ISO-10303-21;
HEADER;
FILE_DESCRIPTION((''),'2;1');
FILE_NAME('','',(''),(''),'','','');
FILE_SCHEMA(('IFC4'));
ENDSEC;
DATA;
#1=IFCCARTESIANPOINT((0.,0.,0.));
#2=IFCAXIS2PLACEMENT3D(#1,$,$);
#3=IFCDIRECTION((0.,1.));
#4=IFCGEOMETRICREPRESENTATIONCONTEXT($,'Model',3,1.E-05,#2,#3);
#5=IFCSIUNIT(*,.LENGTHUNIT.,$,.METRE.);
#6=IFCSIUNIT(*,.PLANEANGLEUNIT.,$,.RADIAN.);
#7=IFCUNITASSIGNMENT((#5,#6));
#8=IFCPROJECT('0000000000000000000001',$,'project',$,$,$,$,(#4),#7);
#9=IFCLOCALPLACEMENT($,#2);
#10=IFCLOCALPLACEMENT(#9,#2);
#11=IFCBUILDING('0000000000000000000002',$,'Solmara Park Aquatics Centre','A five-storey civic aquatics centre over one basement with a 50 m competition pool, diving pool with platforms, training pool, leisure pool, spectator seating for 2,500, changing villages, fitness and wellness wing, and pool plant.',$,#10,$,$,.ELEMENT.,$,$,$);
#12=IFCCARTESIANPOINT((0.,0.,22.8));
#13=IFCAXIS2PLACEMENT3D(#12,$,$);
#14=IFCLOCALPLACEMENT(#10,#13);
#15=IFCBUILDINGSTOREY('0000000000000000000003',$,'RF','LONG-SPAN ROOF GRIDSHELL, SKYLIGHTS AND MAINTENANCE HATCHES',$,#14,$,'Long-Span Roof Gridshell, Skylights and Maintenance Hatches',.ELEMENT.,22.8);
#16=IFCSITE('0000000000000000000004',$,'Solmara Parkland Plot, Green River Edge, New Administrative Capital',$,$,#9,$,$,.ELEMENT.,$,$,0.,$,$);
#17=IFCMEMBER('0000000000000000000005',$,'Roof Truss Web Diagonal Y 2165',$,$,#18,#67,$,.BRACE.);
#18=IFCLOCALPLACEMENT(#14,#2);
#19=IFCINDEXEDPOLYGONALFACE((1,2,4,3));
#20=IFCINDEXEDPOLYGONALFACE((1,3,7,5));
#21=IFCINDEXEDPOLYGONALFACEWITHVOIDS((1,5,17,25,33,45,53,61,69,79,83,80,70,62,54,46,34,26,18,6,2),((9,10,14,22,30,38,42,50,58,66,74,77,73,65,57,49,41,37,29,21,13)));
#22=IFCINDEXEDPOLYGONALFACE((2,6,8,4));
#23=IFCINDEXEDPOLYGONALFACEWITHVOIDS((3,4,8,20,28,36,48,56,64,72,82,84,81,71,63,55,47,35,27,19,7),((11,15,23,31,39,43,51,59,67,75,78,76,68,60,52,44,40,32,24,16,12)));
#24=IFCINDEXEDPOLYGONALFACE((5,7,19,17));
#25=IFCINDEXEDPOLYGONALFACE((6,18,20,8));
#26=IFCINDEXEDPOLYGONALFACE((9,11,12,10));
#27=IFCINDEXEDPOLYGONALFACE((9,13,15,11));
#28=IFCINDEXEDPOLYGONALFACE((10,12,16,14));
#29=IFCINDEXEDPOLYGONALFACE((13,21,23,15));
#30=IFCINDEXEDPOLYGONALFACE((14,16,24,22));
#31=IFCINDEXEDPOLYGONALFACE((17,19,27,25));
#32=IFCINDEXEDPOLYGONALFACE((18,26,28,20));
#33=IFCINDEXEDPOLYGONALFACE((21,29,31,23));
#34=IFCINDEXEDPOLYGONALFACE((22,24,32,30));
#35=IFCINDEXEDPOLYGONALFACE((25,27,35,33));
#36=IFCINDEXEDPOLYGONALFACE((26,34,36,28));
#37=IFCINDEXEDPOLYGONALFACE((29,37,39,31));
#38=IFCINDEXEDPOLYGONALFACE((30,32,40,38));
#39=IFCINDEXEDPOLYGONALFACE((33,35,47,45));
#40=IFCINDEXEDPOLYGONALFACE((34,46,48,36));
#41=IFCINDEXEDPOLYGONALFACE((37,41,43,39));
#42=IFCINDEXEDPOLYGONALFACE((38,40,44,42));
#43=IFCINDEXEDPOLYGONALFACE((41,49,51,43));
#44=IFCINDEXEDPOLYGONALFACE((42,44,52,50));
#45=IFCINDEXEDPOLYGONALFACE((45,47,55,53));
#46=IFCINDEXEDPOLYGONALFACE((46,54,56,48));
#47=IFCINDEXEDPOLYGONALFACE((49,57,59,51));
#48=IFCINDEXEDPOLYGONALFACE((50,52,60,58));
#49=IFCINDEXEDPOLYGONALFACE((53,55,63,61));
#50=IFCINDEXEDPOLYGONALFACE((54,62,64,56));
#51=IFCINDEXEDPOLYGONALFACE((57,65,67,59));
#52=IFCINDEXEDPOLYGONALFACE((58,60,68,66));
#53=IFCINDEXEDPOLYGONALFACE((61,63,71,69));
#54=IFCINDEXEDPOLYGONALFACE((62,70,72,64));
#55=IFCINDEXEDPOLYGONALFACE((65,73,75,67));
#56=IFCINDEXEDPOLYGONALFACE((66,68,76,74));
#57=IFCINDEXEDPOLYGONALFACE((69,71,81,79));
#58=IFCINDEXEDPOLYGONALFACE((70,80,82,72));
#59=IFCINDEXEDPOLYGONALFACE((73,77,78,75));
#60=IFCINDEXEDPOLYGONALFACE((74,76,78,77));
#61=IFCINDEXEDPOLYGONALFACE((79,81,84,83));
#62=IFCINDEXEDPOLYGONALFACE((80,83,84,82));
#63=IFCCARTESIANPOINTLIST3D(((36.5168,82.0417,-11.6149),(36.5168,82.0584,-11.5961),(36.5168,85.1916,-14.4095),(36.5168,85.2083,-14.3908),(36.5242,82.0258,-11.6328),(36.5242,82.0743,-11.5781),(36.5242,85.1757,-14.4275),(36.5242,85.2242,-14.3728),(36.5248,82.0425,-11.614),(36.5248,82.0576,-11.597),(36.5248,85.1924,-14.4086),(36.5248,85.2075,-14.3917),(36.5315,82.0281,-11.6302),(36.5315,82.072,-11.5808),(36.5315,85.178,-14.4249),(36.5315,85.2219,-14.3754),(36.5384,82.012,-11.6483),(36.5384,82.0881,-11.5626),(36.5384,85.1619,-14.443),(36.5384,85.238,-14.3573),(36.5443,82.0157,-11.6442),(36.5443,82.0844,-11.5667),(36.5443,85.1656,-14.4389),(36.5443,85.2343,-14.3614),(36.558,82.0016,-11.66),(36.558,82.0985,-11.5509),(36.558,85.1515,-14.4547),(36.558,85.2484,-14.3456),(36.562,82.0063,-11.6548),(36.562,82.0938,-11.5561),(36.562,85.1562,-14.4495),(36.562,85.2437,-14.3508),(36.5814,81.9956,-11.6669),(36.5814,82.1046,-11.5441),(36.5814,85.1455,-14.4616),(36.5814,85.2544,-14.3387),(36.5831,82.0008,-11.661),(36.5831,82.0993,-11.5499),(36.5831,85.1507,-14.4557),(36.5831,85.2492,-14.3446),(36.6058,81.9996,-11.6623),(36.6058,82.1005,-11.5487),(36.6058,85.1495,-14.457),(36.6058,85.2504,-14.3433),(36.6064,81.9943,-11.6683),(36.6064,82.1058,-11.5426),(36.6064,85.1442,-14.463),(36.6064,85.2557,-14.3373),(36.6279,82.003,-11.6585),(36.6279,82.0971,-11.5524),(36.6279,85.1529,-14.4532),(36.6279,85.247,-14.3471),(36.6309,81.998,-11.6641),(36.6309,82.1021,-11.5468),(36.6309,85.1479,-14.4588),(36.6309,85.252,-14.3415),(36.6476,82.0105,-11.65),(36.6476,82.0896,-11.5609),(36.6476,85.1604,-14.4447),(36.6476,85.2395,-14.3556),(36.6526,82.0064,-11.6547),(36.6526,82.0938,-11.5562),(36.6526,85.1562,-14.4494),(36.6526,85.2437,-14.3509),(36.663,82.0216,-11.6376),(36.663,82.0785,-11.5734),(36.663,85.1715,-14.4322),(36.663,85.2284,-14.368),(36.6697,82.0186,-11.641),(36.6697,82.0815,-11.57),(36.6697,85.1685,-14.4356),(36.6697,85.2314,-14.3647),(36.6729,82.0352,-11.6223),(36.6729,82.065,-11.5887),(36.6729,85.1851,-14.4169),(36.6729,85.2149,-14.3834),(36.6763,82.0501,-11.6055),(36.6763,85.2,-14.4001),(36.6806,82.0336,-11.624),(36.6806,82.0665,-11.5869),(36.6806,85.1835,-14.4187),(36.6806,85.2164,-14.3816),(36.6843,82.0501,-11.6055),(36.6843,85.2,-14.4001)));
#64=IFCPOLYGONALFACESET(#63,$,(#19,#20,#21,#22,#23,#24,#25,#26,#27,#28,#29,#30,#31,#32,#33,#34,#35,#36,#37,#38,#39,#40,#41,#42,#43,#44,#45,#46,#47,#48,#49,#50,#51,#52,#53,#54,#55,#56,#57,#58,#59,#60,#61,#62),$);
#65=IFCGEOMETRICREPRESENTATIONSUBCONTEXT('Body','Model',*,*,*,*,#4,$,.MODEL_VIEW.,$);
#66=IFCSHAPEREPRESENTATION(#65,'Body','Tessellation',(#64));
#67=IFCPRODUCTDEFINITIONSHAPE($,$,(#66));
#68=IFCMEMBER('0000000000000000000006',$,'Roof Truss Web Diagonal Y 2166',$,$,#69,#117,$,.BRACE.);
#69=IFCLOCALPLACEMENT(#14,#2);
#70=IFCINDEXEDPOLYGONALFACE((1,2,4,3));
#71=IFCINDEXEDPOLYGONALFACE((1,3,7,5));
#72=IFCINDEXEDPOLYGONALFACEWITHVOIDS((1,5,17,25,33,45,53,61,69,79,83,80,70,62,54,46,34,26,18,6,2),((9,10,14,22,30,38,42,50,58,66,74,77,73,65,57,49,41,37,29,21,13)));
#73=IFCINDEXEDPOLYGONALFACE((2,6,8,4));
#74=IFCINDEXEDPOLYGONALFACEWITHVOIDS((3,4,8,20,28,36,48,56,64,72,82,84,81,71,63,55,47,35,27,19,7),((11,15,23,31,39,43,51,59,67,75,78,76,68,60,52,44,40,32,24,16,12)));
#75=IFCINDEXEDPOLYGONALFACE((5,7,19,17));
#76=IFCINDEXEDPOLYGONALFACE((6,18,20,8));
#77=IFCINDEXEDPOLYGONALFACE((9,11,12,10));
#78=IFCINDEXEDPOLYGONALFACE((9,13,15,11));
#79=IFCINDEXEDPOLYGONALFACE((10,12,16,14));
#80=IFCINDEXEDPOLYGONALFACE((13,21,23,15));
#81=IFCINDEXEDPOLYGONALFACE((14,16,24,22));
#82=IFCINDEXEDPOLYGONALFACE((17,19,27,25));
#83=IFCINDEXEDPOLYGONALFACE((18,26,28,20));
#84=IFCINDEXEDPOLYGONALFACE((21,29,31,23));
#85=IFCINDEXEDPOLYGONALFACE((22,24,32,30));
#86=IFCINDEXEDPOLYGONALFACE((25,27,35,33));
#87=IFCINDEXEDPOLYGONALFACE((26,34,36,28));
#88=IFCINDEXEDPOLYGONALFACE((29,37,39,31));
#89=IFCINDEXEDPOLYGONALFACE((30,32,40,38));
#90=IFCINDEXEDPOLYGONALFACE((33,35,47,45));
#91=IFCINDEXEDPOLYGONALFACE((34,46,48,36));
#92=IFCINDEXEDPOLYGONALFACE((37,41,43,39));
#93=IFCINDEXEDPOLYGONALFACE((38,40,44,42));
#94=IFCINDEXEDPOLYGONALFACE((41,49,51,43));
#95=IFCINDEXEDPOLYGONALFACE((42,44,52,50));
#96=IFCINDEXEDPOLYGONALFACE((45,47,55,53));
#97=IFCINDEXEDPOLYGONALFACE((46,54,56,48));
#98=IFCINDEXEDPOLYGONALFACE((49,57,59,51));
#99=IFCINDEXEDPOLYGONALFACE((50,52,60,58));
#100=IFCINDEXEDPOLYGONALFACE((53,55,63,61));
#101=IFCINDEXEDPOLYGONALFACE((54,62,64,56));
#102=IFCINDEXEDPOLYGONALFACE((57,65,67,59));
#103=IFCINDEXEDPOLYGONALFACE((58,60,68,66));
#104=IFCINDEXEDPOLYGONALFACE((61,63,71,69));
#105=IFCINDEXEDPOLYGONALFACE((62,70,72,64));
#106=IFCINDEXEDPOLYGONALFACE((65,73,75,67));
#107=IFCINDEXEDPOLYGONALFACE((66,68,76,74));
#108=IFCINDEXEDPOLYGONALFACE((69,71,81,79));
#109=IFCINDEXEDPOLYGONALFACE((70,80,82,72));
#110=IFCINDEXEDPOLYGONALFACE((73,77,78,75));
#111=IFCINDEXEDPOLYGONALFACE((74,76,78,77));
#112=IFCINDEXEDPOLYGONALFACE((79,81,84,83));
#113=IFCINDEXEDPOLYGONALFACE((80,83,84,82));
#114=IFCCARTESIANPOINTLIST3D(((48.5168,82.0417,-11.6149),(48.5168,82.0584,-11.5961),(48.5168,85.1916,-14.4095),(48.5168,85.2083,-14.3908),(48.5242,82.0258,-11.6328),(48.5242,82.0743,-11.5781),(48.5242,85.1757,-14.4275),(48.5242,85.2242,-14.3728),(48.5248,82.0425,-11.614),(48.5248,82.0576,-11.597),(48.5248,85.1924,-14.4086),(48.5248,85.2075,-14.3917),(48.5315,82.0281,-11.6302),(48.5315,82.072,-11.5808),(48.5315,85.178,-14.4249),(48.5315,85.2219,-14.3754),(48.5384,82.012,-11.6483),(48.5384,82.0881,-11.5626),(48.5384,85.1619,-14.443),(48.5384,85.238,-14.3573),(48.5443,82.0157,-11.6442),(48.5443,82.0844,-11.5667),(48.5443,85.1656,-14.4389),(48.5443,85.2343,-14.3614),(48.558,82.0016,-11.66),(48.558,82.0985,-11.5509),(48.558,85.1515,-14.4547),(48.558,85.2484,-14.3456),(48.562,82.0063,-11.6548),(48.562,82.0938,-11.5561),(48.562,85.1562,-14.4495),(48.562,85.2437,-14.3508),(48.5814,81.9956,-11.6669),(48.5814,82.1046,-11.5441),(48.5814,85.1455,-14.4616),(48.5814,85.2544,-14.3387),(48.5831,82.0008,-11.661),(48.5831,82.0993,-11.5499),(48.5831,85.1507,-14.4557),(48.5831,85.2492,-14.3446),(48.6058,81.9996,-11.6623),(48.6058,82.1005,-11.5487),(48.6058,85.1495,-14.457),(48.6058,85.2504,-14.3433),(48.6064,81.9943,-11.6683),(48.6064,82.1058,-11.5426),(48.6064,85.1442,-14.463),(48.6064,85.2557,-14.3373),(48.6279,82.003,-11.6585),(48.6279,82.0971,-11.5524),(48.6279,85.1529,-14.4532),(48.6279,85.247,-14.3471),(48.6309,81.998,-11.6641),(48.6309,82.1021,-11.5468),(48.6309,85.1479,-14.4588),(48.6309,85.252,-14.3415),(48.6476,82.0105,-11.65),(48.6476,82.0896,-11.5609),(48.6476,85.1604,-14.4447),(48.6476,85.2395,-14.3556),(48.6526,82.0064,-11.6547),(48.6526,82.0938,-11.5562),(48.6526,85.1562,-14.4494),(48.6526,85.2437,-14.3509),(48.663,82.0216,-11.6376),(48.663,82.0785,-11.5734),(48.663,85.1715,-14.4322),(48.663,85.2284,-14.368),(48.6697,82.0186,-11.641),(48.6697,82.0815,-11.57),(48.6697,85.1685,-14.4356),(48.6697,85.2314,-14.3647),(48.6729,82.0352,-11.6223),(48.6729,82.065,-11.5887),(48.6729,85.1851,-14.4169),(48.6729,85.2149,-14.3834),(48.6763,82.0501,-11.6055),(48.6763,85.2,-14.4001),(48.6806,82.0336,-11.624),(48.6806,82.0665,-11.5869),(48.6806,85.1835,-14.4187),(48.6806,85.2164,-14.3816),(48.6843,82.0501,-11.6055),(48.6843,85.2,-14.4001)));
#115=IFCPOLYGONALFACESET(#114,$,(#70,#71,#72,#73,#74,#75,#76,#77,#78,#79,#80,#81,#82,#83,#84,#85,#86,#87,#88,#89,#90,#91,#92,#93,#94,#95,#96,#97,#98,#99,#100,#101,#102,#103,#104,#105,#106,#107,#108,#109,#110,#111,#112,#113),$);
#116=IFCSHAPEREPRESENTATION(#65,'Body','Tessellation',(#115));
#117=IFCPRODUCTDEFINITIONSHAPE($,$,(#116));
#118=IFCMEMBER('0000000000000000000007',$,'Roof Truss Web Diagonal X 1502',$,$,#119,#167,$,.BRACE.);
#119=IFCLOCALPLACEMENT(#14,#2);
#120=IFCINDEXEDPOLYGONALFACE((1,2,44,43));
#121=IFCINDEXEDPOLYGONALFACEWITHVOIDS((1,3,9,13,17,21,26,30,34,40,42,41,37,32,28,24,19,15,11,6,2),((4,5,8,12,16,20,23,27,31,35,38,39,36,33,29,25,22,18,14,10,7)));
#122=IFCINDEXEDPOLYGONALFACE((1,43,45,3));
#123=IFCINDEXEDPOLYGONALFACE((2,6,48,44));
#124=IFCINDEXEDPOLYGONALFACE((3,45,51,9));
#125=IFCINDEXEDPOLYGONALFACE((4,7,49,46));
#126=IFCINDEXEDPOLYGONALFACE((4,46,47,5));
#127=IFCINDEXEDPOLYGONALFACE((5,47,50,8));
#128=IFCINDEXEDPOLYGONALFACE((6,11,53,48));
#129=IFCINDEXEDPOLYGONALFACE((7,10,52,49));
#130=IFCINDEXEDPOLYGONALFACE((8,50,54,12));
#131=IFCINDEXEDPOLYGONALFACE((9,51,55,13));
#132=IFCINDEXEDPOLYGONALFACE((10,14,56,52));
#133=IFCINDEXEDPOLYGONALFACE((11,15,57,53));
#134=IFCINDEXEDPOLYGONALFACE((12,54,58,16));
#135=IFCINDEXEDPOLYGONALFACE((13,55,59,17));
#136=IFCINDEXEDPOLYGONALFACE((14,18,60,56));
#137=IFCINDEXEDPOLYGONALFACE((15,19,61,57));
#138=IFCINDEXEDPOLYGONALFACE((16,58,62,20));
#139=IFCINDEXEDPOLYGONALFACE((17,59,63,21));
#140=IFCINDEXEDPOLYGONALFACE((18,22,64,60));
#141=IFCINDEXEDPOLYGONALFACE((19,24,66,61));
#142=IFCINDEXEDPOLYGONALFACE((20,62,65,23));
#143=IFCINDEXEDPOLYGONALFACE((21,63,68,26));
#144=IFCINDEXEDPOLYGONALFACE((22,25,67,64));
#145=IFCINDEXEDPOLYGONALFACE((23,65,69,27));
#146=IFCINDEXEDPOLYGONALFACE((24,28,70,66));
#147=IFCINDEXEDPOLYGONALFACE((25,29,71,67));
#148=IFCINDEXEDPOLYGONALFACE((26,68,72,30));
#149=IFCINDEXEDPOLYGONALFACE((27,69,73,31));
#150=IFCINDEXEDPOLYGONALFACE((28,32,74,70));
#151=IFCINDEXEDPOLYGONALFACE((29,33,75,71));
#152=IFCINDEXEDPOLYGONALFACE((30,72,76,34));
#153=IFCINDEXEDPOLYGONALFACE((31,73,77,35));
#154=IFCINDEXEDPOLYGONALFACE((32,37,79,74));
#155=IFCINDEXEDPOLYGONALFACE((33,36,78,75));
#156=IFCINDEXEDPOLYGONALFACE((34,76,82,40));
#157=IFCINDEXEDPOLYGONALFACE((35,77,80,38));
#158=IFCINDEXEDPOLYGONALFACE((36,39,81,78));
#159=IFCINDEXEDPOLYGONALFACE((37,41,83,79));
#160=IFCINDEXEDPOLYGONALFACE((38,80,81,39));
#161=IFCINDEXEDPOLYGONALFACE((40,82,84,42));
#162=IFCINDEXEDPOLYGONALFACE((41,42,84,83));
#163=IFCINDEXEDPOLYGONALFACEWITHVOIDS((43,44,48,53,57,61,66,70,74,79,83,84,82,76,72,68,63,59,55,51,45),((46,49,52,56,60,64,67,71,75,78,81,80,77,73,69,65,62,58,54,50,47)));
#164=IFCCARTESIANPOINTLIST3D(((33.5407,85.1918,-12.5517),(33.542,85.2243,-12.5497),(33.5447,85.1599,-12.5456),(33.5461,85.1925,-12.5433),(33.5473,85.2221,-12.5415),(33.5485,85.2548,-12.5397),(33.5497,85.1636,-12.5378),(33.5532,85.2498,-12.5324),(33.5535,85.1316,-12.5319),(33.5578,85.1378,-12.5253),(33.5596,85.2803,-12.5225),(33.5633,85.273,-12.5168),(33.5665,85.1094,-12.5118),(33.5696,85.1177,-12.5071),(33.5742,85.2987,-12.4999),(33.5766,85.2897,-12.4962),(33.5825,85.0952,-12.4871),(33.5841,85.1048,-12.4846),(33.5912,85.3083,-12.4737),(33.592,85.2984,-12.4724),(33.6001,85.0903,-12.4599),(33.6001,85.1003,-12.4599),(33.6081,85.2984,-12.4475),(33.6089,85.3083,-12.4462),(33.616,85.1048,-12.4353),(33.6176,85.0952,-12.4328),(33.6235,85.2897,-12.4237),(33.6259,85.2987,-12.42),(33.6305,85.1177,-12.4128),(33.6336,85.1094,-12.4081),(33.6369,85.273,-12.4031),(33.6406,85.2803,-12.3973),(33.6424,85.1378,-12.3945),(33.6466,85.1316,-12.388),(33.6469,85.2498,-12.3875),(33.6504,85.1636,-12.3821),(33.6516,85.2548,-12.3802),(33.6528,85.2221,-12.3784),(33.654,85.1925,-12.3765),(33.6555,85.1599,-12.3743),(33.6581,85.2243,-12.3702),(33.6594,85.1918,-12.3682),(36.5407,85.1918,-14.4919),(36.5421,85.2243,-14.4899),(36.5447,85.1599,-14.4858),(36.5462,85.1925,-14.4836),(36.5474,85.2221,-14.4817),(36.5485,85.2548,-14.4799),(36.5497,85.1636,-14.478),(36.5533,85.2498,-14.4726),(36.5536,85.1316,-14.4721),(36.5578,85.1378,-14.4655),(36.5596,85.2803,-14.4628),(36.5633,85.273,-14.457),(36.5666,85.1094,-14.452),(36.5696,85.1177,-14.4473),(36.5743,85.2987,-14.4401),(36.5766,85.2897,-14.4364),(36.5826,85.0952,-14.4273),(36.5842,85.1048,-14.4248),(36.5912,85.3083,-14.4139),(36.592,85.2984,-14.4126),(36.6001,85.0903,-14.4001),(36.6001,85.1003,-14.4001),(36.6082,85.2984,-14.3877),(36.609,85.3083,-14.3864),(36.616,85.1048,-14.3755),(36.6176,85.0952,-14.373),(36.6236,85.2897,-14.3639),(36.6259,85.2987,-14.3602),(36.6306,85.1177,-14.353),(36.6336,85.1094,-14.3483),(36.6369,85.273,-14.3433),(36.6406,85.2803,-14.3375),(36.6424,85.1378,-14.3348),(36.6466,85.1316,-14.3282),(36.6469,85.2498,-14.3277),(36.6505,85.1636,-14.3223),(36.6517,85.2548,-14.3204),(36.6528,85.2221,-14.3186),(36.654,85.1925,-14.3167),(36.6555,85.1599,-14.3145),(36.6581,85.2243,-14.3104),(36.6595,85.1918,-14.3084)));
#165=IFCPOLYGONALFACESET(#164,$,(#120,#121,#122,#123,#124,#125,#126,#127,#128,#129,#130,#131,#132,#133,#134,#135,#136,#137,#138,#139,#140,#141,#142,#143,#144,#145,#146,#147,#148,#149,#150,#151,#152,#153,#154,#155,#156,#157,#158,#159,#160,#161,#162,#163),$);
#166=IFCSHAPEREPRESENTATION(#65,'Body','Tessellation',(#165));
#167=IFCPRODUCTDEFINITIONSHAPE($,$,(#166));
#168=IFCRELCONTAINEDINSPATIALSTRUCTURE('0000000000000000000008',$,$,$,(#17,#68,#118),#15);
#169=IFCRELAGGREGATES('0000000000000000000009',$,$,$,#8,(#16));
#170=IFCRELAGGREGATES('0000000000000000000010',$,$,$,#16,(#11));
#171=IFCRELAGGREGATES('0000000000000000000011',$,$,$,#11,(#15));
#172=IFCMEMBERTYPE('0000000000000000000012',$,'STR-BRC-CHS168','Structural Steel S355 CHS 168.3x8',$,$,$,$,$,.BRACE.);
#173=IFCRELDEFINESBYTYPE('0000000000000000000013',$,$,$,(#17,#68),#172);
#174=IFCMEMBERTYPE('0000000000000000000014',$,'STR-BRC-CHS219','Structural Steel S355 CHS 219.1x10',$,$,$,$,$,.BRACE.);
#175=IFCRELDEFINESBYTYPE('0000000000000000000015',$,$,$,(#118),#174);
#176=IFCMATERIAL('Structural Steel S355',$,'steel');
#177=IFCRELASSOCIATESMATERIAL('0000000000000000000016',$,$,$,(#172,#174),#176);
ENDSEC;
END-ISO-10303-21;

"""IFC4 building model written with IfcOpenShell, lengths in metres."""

from ifc_helpers import new_model, si_unit, direction, frame, origin, origin_2d, place, context, subcontext, project, spatial, hollow_circle, extrude, material, material_profile, profile_set, type_object, element, save


model = new_model("IFC4")

# Units and contexts
model_context = context("Model", 3, precision=1e-05, world=origin(), true_north=direction((0.0, 1.0)))
body_context = subcontext(model_context, "Body", "Model", "MODEL_VIEW")
ifc_project = project(units=[si_unit("LENGTHUNIT", "METRE"), si_unit("PLANEANGLEUNIT", "RADIAN")], contexts=[model_context])

# Site, building, storey
site_placement = place(None, origin())
site = spatial("IfcSite", under=ifc_project, at=site_placement, Name="Solmara Parkland Plot, Green River Edge, New Administrative Capital", CompositionType="ELEMENT", RefElevation=0.0)
building_placement = place(site_placement, origin())
building = spatial("IfcBuilding", under=site, at=building_placement, Name="Solmara Park Aquatics Centre", Description="A five-storey civic aquatics centre over one basement with a 50 m competition pool, diving pool with platforms, training pool, leisure pool, spectator seating for 2,500, changing villages, fitness and wellness wing, and pool plant.", CompositionType="ELEMENT")
storey_placement = place(building_placement, frame((0.0, 0.0, 22.8)))
storey = spatial("IfcBuildingStorey", under=building, at=storey_placement, Name="RF", Description="LONG-SPAN ROOF GRIDSHELL, SKYLIGHTS AND MAINTENANCE HATCHES", LongName="Long-Span Roof Gridshell, Skylights and Maintenance Hatches", CompositionType="ELEMENT", Elevation=22.8)

# Members
ifc_material_1 = material(Name="Structural Steel S355", Category="steel")
ifc_material_profile_1 = material_profile(ifc_material_1, hollow_circle(Radius=0.0842, WallThickness=0.0081, at=origin_2d()), Name="CHS 168.3x8")
ifc_profile_set_1 = profile_set([ifc_material_profile_1], Name="Structural Steel S355")
member_type_1 = type_object("IfcMemberType", Name="STR-BRC-CHS168", Description="Structural Steel S355 CHS 168.3x8", PredefinedType="BRACE", material=ifc_profile_set_1)
for number, where, z_axis, x_axis, name in (
    (1, (36.6001, 85.2, -14.4001), (0.0, -0.748026, 0.663669), (1.0, 0.0, 0.0), "Roof Truss Web Diagonal Y 2165"),
    (2, (48.6001, 85.2, -14.4001), (0.0, -0.748026, 0.663669), (1.0, 0.0, 0.0), "Roof Truss Web Diagonal Y 2166"),
):
    element("IfcMember", number, at=place(storey_placement, frame(where, z_axis=z_axis, x_axis=x_axis)), inside=storey, type_object=member_type_1, Name=name, PredefinedType="BRACE", context=body_context, shape_type="SweptSolid", body=[
        extrude(hollow_circle(Radius=0.0842, WallThickness=0.0081, at=origin_2d()), origin(), (0.0, 0.0, 1.0), 4.2109),
    ])
ifc_material_profile_2 = material_profile(ifc_material_1, hollow_circle(Radius=0.1096, WallThickness=0.01, at=origin_2d()), Name="CHS 219.1x10")
ifc_profile_set_2 = profile_set([ifc_material_profile_2], Name="Structural Steel S355")
member_type_2 = type_object("IfcMemberType", Name="STR-BRC-CHS219", Description="Structural Steel S355 CHS 219.1x10", PredefinedType="BRACE", material=ifc_profile_set_2)
for number, where, z_axis, x_axis, name in (
    (3, (36.6001, 85.2, -14.4001), (-0.839697, 0.0, 0.543056), (0.0, -1.0, 0.0), "Roof Truss Web Diagonal X 1502"),
):
    element("IfcMember", number, at=place(storey_placement, frame(where, z_axis=z_axis, x_axis=x_axis)), inside=storey, type_object=member_type_2, Name=name, PredefinedType="BRACE", context=body_context, shape_type="SweptSolid", body=[
        extrude(hollow_circle(Radius=0.1096, WallThickness=0.01, at=origin_2d()), origin(), (0.0, 0.0, 1.0), 3.5728),
    ])

save(model, "model.ifc")
